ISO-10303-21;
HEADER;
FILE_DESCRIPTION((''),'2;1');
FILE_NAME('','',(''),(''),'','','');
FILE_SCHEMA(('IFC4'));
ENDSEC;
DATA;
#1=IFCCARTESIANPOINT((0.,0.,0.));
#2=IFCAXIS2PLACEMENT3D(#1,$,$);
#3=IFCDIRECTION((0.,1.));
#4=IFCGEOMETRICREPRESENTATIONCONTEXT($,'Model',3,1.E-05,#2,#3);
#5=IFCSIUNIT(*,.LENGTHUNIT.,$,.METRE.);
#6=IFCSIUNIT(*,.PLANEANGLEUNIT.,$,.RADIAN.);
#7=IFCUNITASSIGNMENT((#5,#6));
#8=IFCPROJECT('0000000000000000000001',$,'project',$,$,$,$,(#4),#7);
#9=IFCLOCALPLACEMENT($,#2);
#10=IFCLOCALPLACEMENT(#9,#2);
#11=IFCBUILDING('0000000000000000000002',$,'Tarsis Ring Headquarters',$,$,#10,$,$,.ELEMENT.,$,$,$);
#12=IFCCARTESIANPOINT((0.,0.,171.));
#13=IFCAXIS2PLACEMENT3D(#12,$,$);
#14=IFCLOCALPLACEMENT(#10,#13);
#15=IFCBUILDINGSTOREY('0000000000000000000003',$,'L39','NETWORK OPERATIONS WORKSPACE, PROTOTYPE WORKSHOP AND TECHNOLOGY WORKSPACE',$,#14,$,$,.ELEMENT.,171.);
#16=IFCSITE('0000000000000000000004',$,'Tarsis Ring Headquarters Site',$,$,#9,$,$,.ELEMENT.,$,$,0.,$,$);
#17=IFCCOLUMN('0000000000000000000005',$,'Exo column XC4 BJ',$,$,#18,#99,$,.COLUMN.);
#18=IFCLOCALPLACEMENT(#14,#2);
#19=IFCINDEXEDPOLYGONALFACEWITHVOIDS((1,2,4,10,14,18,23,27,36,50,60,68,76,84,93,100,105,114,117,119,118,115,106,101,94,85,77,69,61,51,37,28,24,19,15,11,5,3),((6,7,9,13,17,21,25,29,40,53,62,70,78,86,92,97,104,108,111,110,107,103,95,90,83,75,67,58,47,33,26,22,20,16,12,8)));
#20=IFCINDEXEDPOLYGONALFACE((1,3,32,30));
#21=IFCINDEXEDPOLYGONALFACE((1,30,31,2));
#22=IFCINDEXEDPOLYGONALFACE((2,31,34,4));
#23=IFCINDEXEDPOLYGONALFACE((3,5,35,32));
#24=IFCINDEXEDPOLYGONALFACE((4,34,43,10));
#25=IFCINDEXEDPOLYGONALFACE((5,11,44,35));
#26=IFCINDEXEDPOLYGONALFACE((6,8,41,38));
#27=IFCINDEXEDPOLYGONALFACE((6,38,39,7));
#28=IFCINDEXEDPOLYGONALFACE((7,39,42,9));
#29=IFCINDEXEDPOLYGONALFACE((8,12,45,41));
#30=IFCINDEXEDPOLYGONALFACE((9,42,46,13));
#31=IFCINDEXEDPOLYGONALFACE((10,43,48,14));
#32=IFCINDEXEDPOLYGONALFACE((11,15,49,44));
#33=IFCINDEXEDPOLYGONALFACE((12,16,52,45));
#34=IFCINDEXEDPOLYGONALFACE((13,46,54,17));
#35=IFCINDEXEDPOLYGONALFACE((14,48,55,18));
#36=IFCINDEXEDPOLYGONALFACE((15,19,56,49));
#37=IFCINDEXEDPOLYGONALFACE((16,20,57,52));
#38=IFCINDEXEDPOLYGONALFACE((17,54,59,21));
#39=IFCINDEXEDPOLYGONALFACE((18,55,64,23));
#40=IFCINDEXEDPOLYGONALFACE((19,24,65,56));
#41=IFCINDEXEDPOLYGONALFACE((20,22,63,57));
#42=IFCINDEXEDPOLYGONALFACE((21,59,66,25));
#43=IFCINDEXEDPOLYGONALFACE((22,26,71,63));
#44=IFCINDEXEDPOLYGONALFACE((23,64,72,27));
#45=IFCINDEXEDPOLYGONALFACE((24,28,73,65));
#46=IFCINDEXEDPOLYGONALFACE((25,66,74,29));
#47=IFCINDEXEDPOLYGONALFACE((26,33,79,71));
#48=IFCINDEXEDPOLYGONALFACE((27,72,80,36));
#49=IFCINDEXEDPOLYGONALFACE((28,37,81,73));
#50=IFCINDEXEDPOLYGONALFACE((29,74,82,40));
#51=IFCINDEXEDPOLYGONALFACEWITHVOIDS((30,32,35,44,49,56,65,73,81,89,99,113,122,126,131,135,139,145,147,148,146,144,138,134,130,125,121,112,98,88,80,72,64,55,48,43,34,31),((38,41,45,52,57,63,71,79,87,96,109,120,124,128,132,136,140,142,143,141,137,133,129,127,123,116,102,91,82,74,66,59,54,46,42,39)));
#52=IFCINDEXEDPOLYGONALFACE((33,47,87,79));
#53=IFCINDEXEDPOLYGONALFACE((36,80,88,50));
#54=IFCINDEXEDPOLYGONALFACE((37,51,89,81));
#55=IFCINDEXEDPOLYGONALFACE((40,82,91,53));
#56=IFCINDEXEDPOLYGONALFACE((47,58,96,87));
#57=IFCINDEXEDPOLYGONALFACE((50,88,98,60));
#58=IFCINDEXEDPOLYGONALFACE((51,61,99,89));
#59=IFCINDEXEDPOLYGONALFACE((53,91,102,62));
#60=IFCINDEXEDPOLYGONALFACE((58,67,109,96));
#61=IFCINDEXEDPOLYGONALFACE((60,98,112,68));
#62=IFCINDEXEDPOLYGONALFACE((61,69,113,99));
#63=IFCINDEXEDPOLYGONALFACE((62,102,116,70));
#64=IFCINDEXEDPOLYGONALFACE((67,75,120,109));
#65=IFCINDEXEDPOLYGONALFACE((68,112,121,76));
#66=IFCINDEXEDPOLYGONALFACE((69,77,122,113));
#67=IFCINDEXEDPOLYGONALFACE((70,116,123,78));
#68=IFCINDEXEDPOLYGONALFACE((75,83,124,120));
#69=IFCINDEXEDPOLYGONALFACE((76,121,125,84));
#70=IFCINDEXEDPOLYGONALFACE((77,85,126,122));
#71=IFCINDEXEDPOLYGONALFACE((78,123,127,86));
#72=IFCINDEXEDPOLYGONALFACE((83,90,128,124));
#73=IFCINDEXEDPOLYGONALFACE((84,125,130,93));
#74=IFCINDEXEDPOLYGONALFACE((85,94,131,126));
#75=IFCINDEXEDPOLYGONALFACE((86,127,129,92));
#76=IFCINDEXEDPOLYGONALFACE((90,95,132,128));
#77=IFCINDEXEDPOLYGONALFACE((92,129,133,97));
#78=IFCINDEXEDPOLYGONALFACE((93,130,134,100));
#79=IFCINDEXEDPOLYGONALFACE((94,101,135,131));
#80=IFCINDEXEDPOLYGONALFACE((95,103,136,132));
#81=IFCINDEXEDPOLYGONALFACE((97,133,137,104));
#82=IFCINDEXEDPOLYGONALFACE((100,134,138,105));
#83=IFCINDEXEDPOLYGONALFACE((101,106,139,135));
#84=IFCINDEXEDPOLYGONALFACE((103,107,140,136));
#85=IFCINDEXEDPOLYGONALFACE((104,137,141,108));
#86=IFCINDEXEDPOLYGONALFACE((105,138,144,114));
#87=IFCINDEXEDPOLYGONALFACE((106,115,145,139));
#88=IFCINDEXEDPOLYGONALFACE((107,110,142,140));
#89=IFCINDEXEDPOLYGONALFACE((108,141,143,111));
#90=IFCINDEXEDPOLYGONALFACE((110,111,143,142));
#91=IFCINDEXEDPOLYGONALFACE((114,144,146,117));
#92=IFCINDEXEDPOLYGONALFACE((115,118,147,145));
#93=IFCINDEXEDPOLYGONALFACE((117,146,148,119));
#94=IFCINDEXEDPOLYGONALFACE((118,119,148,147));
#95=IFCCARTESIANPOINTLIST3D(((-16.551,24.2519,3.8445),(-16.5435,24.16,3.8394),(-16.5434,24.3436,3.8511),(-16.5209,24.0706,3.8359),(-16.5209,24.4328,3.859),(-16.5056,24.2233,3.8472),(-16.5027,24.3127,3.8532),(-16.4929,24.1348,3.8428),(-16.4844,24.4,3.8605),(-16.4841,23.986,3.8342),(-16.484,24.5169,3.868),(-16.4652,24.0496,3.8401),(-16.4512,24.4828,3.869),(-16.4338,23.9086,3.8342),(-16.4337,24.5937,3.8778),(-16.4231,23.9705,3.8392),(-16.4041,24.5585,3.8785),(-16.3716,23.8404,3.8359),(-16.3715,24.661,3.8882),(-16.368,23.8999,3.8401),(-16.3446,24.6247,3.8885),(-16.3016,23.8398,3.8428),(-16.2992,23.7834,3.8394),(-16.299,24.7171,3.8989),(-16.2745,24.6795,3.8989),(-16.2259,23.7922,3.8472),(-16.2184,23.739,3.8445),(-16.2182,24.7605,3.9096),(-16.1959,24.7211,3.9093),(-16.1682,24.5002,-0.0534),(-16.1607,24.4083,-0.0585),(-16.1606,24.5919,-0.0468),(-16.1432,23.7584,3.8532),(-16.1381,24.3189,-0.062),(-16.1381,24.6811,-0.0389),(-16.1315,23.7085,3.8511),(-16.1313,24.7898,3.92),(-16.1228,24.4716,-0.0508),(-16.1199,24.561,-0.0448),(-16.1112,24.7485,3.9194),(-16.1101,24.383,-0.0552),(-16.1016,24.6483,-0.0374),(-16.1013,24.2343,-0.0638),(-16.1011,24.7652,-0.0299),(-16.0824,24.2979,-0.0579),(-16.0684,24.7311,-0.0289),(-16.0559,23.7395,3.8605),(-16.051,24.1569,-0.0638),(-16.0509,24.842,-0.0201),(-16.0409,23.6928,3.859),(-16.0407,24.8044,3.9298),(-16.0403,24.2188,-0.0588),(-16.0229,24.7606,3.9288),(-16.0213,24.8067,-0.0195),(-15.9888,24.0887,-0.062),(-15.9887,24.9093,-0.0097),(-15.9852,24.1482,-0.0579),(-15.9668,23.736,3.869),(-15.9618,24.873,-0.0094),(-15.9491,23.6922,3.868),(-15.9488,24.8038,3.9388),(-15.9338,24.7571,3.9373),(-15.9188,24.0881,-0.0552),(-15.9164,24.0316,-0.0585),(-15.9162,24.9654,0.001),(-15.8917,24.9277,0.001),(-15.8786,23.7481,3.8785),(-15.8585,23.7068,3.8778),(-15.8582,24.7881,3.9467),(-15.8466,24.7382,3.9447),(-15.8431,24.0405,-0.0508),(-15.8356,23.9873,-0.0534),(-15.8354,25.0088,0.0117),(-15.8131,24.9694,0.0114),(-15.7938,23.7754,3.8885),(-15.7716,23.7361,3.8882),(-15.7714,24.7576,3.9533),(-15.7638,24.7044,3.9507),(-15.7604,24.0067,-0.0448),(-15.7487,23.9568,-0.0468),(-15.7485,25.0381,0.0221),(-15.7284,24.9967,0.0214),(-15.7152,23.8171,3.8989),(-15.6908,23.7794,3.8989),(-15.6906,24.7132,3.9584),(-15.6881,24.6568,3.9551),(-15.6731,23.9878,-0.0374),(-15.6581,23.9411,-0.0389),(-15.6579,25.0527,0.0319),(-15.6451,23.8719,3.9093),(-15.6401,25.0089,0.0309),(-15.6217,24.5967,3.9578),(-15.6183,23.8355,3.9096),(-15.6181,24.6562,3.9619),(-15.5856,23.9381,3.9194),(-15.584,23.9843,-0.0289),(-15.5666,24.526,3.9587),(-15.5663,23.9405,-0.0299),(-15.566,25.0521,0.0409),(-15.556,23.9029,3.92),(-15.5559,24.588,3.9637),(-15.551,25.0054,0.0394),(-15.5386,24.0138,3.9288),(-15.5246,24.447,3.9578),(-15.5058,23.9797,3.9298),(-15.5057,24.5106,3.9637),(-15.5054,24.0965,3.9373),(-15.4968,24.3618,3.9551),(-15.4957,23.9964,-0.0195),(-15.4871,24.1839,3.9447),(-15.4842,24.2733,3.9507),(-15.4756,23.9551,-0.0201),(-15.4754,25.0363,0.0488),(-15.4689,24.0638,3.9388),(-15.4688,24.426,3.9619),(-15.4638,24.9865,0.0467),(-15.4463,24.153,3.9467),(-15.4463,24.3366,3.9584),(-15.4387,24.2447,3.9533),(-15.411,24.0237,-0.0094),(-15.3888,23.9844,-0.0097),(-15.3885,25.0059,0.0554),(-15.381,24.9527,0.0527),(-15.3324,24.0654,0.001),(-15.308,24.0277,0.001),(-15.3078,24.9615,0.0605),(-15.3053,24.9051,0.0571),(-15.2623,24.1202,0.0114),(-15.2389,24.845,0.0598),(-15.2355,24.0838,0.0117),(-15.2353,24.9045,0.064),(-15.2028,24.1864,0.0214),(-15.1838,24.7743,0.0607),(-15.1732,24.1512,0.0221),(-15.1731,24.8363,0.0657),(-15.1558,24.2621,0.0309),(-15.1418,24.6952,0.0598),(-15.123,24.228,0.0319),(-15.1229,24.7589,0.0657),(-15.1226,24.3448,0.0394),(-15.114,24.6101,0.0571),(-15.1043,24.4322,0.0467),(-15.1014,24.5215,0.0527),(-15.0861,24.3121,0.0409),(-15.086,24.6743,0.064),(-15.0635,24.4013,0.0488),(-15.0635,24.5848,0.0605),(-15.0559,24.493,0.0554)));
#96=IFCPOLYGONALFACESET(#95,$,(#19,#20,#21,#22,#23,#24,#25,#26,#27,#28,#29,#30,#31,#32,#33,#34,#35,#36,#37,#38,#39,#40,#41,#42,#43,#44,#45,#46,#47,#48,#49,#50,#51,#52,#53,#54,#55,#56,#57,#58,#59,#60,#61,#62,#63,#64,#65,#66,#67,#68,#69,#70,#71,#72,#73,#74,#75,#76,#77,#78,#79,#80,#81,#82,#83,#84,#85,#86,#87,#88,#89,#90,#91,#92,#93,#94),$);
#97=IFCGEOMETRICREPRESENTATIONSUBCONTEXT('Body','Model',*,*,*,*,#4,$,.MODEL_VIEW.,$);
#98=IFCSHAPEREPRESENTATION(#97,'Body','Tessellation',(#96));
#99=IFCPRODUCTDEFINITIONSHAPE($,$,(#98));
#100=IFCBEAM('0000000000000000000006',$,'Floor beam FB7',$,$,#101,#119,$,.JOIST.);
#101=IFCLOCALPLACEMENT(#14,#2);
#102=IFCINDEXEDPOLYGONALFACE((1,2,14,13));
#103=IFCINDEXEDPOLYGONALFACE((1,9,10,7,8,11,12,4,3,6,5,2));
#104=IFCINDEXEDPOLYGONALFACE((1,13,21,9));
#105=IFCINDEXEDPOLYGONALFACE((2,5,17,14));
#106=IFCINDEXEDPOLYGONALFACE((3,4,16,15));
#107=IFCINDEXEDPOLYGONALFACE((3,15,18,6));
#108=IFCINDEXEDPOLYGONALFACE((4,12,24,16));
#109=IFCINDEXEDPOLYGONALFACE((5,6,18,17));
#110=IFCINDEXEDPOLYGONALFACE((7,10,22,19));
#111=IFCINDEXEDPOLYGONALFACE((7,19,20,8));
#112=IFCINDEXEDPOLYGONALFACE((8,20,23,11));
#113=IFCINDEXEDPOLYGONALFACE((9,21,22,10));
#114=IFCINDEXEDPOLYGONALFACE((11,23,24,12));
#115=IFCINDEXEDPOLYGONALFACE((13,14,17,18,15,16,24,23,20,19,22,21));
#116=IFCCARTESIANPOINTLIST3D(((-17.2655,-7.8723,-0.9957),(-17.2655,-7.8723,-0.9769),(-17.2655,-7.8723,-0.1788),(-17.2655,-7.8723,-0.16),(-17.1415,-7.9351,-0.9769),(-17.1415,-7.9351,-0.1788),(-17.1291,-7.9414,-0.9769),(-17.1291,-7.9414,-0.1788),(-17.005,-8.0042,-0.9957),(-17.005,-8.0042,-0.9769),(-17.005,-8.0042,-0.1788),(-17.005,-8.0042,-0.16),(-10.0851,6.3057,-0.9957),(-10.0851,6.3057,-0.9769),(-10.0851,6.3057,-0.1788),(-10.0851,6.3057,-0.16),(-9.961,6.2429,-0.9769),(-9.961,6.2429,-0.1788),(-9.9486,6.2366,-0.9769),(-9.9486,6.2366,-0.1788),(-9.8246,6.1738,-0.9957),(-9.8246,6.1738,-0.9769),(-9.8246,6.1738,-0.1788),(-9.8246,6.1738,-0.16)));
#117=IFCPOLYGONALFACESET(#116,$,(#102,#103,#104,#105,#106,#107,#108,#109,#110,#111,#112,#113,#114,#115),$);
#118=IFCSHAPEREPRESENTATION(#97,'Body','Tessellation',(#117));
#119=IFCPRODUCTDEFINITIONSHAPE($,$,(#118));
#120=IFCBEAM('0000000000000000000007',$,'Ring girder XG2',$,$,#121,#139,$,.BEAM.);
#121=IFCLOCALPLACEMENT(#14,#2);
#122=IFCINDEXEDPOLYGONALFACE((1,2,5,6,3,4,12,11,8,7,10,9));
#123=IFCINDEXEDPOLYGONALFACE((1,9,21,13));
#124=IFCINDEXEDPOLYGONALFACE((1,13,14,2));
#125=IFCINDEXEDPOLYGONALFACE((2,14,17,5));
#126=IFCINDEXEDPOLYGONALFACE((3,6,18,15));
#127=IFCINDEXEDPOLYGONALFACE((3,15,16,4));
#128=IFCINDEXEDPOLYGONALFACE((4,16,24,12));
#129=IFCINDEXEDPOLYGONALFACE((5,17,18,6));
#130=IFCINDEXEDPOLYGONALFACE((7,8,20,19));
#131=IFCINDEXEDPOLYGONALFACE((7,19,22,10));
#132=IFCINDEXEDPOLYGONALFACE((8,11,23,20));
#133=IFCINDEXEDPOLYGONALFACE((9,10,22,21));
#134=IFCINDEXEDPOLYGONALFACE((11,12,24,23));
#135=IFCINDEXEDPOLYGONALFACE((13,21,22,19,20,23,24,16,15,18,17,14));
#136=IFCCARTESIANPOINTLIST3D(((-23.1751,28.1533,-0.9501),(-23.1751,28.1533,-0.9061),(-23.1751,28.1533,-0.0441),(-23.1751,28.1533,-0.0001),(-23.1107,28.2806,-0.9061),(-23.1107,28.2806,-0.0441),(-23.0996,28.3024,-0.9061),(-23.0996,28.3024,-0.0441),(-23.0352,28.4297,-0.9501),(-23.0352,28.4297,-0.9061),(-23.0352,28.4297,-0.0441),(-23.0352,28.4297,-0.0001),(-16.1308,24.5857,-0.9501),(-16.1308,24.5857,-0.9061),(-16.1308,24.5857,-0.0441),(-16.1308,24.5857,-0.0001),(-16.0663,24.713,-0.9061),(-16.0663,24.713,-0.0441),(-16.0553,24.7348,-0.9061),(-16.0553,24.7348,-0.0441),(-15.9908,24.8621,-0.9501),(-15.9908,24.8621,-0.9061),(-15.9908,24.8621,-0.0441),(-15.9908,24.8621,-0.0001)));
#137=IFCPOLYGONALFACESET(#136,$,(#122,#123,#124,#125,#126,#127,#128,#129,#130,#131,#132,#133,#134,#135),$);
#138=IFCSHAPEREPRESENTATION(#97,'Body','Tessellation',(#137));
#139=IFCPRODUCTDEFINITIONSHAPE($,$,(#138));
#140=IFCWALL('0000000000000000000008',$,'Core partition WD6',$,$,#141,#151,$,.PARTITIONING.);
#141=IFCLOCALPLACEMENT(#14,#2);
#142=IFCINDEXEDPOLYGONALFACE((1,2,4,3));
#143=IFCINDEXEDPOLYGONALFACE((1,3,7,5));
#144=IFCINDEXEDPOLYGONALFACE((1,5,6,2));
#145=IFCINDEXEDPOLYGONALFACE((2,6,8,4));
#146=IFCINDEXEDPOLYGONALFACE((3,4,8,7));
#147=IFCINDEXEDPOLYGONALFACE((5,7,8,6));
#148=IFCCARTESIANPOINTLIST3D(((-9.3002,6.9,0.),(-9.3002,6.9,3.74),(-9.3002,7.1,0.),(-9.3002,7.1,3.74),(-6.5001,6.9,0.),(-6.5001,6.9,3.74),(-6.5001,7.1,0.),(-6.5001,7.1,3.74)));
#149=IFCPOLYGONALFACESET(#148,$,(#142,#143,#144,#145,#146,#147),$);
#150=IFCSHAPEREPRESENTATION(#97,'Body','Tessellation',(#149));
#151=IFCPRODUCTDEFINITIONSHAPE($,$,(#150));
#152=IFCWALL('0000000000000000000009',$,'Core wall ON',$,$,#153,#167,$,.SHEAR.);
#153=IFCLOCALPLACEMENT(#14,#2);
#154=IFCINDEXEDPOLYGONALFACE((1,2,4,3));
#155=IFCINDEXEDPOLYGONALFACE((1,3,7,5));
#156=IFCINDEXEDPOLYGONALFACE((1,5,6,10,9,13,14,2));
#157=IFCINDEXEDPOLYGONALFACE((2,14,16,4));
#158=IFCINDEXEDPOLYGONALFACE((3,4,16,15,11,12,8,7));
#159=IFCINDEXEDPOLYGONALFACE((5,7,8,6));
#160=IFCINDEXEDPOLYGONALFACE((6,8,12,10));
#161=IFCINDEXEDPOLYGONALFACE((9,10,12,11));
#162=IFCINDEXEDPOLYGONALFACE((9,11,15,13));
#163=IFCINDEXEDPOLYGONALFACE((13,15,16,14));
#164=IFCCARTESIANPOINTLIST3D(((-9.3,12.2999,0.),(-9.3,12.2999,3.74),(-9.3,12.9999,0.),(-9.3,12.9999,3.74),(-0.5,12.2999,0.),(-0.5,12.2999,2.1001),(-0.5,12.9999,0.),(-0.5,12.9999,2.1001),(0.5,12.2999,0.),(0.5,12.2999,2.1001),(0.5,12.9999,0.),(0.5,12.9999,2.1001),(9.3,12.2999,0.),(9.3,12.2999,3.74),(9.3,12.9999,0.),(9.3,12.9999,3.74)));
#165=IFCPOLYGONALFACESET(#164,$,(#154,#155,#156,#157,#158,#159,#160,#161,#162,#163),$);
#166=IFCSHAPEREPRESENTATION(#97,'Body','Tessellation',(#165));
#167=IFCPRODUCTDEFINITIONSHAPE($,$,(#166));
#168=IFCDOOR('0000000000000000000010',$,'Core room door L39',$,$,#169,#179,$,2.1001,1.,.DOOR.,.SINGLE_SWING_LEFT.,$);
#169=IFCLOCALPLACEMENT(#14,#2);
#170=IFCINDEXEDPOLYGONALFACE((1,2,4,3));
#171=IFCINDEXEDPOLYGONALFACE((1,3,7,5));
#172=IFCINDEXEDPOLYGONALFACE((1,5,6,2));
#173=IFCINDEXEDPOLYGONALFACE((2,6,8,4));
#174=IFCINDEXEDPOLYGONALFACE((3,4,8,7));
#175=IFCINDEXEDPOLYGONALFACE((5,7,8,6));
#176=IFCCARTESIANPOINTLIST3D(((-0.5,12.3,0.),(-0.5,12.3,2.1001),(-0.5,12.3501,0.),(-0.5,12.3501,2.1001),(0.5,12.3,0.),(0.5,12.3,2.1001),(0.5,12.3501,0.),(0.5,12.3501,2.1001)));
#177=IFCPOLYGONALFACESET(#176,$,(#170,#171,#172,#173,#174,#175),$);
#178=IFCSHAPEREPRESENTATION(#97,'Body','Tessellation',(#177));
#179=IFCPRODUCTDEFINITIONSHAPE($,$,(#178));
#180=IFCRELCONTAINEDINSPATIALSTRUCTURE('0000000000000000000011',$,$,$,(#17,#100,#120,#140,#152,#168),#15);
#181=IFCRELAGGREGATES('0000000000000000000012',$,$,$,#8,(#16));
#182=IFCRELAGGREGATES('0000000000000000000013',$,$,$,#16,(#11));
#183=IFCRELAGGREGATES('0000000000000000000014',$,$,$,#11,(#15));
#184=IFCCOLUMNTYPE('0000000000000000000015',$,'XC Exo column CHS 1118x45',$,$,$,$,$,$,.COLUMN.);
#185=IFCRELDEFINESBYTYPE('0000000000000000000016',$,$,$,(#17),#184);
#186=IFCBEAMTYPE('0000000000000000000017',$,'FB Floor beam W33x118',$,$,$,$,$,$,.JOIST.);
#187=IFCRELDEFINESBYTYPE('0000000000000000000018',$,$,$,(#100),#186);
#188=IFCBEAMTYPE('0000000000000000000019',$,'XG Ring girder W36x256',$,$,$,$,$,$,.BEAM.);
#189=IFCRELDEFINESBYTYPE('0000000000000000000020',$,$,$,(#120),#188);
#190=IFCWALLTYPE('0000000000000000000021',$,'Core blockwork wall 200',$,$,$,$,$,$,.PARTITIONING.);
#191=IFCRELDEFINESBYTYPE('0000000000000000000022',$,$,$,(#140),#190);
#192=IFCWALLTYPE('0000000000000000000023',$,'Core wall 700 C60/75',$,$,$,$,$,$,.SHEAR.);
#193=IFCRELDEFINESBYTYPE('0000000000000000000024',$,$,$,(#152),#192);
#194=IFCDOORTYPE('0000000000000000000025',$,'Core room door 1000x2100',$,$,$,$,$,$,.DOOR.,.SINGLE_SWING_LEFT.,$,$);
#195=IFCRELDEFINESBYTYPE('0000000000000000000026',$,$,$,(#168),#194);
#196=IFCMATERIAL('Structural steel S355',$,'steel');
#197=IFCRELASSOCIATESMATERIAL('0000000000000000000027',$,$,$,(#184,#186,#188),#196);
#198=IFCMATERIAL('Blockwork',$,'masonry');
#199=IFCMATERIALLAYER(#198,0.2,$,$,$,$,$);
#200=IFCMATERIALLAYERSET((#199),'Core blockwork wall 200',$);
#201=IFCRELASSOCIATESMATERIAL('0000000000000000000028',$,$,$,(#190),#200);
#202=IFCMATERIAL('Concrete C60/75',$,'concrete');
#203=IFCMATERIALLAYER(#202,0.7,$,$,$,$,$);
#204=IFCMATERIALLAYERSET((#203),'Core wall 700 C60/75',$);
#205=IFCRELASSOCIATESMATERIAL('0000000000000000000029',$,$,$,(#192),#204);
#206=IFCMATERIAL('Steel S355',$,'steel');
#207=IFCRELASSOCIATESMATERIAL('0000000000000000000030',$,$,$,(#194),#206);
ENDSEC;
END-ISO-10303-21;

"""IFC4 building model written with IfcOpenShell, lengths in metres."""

from ifc_helpers import new_model, si_unit, direction, frame, frame_2d, origin, origin_2d, place, context, subcontext, project, spatial, rectangle, hollow_circle, i_section, extrude, material, layer, layer_set, material_profile, profile_set, type_object, element, fill, save


model = new_model("IFC4")

# Units and contexts
model_context = context("Model", 3, precision=1e-05, world=origin(), true_north=direction((0.0, 1.0)))
body_context = subcontext(model_context, "Body", "Model", "MODEL_VIEW")
ifc_project = project(units=[si_unit("LENGTHUNIT", "METRE"), si_unit("PLANEANGLEUNIT", "RADIAN")], contexts=[model_context])

# Site, building, storey
site_placement = place(None, origin())
site = spatial("IfcSite", under=ifc_project, at=site_placement, Name="Tarsis Ring Headquarters Site", CompositionType="ELEMENT", RefElevation=0.0)
building_placement = place(site_placement, origin())
building = spatial("IfcBuilding", under=site, at=building_placement, Name="Tarsis Ring Headquarters", CompositionType="ELEMENT")
storey_placement = place(building_placement, frame((0.0, 0.0, 171.0)))
storey = spatial("IfcBuildingStorey", under=building, at=storey_placement, Name="L39", Description="NETWORK OPERATIONS WORKSPACE, PROTOTYPE WORKSHOP AND TECHNOLOGY WORKSPACE", CompositionType="ELEMENT", Elevation=171.0)

# Column
ifc_material_1 = material(Name="Structural steel S355", Category="steel")
ifc_material_profile_1 = material_profile(ifc_material_1, hollow_circle(Radius=0.5588, WallThickness=0.0449, at=origin_2d()), Name="CHS 1118x45")
ifc_profile_set_1 = profile_set([ifc_material_profile_1], Name="Structural steel S355")
column_type = type_object("IfcColumnType", Name="XC Exo column CHS 1118x45", PredefinedType="COLUMN", material=ifc_profile_set_1)
column_placement = place(storey_placement, frame((-15.6121, 24.4966, 0.001), z_axis=(-0.097543, -0.063266, 0.993218), x_axis=(0.544161, -0.838981, 0.0)))
element("IfcColumn", 1, at=column_placement, inside=storey, type_object=column_type, Name="Exo column XC4 BJ", PredefinedType="COLUMN", context=body_context, shape_type="SweptSolid", body=[
    extrude(hollow_circle(Radius=0.5588, WallThickness=0.0449, at=origin_2d()), origin(), (0.0, 0.0, 1.0), 3.9246),
])

# Beams
ifc_material_profile_2 = material_profile(ifc_material_1, i_section(OverallWidth=0.292, OverallDepth=0.8357, WebThickness=0.0139, FlangeThickness=0.0188, at=origin_2d()), Name="W33x118")
ifc_profile_set_2 = profile_set([ifc_material_profile_2], Name="Structural steel S355")
beam_type_1 = type_object("IfcBeamType", Name="FB Floor beam W33x118", PredefinedType="JOIST", material=ifc_profile_set_2)
beam_1_placement = place(storey_placement, frame((-9.9548, 6.2397, -0.5779), z_axis=(-0.45181, -0.892114, 0.0), x_axis=(0.892114, -0.45181, 0.0)))
element("IfcBeam", 2, at=beam_1_placement, inside=storey, type_object=beam_type_1, Name="Floor beam FB7", PredefinedType="JOIST", context=body_context, shape_type="SweptSolid", body=[
    extrude(i_section(OverallWidth=0.292, OverallDepth=0.8357, WebThickness=0.0139, FlangeThickness=0.0188, at=origin_2d()), origin(), (0.0, 0.0, 1.0), 15.8926),
])
ifc_material_profile_3 = material_profile(ifc_material_1, i_section(OverallWidth=0.3098, OverallDepth=0.95, WebThickness=0.0244, FlangeThickness=0.0439, at=origin_2d()), Name="W36x256")
ifc_profile_set_3 = profile_set([ifc_material_profile_3], Name="Structural steel S355")
beam_type_2 = type_object("IfcBeamType", Name="XG Ring girder W36x256", PredefinedType="BEAM", material=ifc_profile_set_3)
beam_2_placement = place(storey_placement, frame((-16.0608, 24.7239, -0.4751), z_axis=(-0.892115, 0.451808, 0.0), x_axis=(-0.451808, -0.892115, 0.0)))
element("IfcBeam", 3, at=beam_2_placement, inside=storey, type_object=beam_type_2, Name="Ring girder XG2", PredefinedType="BEAM", context=body_context, shape_type="SweptSolid", body=[
    extrude(i_section(OverallWidth=0.3098, OverallDepth=0.95, WebThickness=0.0244, FlangeThickness=0.0439, at=origin_2d()), origin(), (0.0, 0.0, 1.0), 7.8962),
])

# Wall
ifc_material_2 = material(Name="Blockwork", Category="masonry")
ifc_layer_1 = layer(ifc_material_2, 0.2)
ifc_layer_set_1 = layer_set([ifc_layer_1], Name="Core blockwork wall 200")
wall_type_1 = type_object("IfcWallType", Name="Core blockwork wall 200", PredefinedType="PARTITIONING", material=ifc_layer_set_1)
wall_1_placement = place(storey_placement, frame((-9.3, 7.0, 0.0), z_axis=(0.0, 0.0, 1.0), x_axis=(1.0, 0.0, 0.0)))
element("IfcWall", 4, at=wall_1_placement, inside=storey, type_object=wall_type_1, Name="Core partition WD6", PredefinedType="PARTITIONING", context=body_context, shape_type="SweptSolid", body=[
    extrude(rectangle(XDim=2.8, YDim=0.2, at=frame_2d((1.3999, 0.0))), origin(), (0.0, 0.0, 1.0), 3.74),
])

# Wall, opening, door
ifc_material_3 = material(Name="Concrete C60/75", Category="concrete")
ifc_layer_2 = layer(ifc_material_3, 0.7)
ifc_layer_set_2 = layer_set([ifc_layer_2], Name="Core wall 700 C60/75")
wall_type_2 = type_object("IfcWallType", Name="Core wall 700 C60/75", PredefinedType="SHEAR", material=ifc_layer_set_2)
wall_2_placement = place(storey_placement, frame((-9.3, 12.6499, 0.0), z_axis=(0.0, 0.0, 1.0), x_axis=(1.0, 0.0, 0.0)))
wall_2 = element("IfcWall", 5, at=wall_2_placement, inside=storey, type_object=wall_type_2, Name="Core wall ON", PredefinedType="SHEAR", context=body_context, shape_type="SweptSolid", body=[
    extrude(rectangle(XDim=18.6001, YDim=0.7, at=frame_2d((9.3, 0.0))), origin(), (0.0, 0.0, 1.0), 3.74),
])
opening_1_placement = place(wall_2_placement, frame((8.8, 0.0, 0.0)))
opening_1 = element("IfcOpeningElement", 6, at=opening_1_placement, cuts=wall_2, PredefinedType="OPENING", context=body_context, shape_type="SweptSolid", body=[
    extrude(rectangle(XDim=1.0, YDim=2.1001, at=frame_2d((0.5, 1.05))), frame((0.0, 0.3599, 0.0), z_axis=(0.0, -1.0, 0.0), x_axis=(1.0, 0.0, 0.0)), (0.0, 0.0, 1.0), 0.72),
])
ifc_material_4 = material(Name="Steel S355", Category="steel")
door_type_1 = type_object("IfcDoorType", Name="Core room door 1000x2100", OperationType="SINGLE_SWING_LEFT", PredefinedType="DOOR", material=ifc_material_4)
door_1_placement = place(opening_1_placement, origin())
door_1 = element("IfcDoor", 7, at=door_1_placement, inside=storey, type_object=door_type_1, Name="Core room door L39", OperationType="SINGLE_SWING_LEFT", OverallHeight=2.1001, OverallWidth=1.0, PredefinedType="DOOR", context=body_context, shape_type="SweptSolid", body=[
    extrude(rectangle(XDim=1.0, YDim=2.1001, at=frame_2d((0.5, 1.05))), frame((0.0, -0.2998, 0.0), z_axis=(0.0, -1.0, 0.0), x_axis=(1.0, 0.0, 0.0)), (0.0, 0.0, 1.0), 0.05),
])
fill(opening_1, door_1)

save(model, "model.ifc")
